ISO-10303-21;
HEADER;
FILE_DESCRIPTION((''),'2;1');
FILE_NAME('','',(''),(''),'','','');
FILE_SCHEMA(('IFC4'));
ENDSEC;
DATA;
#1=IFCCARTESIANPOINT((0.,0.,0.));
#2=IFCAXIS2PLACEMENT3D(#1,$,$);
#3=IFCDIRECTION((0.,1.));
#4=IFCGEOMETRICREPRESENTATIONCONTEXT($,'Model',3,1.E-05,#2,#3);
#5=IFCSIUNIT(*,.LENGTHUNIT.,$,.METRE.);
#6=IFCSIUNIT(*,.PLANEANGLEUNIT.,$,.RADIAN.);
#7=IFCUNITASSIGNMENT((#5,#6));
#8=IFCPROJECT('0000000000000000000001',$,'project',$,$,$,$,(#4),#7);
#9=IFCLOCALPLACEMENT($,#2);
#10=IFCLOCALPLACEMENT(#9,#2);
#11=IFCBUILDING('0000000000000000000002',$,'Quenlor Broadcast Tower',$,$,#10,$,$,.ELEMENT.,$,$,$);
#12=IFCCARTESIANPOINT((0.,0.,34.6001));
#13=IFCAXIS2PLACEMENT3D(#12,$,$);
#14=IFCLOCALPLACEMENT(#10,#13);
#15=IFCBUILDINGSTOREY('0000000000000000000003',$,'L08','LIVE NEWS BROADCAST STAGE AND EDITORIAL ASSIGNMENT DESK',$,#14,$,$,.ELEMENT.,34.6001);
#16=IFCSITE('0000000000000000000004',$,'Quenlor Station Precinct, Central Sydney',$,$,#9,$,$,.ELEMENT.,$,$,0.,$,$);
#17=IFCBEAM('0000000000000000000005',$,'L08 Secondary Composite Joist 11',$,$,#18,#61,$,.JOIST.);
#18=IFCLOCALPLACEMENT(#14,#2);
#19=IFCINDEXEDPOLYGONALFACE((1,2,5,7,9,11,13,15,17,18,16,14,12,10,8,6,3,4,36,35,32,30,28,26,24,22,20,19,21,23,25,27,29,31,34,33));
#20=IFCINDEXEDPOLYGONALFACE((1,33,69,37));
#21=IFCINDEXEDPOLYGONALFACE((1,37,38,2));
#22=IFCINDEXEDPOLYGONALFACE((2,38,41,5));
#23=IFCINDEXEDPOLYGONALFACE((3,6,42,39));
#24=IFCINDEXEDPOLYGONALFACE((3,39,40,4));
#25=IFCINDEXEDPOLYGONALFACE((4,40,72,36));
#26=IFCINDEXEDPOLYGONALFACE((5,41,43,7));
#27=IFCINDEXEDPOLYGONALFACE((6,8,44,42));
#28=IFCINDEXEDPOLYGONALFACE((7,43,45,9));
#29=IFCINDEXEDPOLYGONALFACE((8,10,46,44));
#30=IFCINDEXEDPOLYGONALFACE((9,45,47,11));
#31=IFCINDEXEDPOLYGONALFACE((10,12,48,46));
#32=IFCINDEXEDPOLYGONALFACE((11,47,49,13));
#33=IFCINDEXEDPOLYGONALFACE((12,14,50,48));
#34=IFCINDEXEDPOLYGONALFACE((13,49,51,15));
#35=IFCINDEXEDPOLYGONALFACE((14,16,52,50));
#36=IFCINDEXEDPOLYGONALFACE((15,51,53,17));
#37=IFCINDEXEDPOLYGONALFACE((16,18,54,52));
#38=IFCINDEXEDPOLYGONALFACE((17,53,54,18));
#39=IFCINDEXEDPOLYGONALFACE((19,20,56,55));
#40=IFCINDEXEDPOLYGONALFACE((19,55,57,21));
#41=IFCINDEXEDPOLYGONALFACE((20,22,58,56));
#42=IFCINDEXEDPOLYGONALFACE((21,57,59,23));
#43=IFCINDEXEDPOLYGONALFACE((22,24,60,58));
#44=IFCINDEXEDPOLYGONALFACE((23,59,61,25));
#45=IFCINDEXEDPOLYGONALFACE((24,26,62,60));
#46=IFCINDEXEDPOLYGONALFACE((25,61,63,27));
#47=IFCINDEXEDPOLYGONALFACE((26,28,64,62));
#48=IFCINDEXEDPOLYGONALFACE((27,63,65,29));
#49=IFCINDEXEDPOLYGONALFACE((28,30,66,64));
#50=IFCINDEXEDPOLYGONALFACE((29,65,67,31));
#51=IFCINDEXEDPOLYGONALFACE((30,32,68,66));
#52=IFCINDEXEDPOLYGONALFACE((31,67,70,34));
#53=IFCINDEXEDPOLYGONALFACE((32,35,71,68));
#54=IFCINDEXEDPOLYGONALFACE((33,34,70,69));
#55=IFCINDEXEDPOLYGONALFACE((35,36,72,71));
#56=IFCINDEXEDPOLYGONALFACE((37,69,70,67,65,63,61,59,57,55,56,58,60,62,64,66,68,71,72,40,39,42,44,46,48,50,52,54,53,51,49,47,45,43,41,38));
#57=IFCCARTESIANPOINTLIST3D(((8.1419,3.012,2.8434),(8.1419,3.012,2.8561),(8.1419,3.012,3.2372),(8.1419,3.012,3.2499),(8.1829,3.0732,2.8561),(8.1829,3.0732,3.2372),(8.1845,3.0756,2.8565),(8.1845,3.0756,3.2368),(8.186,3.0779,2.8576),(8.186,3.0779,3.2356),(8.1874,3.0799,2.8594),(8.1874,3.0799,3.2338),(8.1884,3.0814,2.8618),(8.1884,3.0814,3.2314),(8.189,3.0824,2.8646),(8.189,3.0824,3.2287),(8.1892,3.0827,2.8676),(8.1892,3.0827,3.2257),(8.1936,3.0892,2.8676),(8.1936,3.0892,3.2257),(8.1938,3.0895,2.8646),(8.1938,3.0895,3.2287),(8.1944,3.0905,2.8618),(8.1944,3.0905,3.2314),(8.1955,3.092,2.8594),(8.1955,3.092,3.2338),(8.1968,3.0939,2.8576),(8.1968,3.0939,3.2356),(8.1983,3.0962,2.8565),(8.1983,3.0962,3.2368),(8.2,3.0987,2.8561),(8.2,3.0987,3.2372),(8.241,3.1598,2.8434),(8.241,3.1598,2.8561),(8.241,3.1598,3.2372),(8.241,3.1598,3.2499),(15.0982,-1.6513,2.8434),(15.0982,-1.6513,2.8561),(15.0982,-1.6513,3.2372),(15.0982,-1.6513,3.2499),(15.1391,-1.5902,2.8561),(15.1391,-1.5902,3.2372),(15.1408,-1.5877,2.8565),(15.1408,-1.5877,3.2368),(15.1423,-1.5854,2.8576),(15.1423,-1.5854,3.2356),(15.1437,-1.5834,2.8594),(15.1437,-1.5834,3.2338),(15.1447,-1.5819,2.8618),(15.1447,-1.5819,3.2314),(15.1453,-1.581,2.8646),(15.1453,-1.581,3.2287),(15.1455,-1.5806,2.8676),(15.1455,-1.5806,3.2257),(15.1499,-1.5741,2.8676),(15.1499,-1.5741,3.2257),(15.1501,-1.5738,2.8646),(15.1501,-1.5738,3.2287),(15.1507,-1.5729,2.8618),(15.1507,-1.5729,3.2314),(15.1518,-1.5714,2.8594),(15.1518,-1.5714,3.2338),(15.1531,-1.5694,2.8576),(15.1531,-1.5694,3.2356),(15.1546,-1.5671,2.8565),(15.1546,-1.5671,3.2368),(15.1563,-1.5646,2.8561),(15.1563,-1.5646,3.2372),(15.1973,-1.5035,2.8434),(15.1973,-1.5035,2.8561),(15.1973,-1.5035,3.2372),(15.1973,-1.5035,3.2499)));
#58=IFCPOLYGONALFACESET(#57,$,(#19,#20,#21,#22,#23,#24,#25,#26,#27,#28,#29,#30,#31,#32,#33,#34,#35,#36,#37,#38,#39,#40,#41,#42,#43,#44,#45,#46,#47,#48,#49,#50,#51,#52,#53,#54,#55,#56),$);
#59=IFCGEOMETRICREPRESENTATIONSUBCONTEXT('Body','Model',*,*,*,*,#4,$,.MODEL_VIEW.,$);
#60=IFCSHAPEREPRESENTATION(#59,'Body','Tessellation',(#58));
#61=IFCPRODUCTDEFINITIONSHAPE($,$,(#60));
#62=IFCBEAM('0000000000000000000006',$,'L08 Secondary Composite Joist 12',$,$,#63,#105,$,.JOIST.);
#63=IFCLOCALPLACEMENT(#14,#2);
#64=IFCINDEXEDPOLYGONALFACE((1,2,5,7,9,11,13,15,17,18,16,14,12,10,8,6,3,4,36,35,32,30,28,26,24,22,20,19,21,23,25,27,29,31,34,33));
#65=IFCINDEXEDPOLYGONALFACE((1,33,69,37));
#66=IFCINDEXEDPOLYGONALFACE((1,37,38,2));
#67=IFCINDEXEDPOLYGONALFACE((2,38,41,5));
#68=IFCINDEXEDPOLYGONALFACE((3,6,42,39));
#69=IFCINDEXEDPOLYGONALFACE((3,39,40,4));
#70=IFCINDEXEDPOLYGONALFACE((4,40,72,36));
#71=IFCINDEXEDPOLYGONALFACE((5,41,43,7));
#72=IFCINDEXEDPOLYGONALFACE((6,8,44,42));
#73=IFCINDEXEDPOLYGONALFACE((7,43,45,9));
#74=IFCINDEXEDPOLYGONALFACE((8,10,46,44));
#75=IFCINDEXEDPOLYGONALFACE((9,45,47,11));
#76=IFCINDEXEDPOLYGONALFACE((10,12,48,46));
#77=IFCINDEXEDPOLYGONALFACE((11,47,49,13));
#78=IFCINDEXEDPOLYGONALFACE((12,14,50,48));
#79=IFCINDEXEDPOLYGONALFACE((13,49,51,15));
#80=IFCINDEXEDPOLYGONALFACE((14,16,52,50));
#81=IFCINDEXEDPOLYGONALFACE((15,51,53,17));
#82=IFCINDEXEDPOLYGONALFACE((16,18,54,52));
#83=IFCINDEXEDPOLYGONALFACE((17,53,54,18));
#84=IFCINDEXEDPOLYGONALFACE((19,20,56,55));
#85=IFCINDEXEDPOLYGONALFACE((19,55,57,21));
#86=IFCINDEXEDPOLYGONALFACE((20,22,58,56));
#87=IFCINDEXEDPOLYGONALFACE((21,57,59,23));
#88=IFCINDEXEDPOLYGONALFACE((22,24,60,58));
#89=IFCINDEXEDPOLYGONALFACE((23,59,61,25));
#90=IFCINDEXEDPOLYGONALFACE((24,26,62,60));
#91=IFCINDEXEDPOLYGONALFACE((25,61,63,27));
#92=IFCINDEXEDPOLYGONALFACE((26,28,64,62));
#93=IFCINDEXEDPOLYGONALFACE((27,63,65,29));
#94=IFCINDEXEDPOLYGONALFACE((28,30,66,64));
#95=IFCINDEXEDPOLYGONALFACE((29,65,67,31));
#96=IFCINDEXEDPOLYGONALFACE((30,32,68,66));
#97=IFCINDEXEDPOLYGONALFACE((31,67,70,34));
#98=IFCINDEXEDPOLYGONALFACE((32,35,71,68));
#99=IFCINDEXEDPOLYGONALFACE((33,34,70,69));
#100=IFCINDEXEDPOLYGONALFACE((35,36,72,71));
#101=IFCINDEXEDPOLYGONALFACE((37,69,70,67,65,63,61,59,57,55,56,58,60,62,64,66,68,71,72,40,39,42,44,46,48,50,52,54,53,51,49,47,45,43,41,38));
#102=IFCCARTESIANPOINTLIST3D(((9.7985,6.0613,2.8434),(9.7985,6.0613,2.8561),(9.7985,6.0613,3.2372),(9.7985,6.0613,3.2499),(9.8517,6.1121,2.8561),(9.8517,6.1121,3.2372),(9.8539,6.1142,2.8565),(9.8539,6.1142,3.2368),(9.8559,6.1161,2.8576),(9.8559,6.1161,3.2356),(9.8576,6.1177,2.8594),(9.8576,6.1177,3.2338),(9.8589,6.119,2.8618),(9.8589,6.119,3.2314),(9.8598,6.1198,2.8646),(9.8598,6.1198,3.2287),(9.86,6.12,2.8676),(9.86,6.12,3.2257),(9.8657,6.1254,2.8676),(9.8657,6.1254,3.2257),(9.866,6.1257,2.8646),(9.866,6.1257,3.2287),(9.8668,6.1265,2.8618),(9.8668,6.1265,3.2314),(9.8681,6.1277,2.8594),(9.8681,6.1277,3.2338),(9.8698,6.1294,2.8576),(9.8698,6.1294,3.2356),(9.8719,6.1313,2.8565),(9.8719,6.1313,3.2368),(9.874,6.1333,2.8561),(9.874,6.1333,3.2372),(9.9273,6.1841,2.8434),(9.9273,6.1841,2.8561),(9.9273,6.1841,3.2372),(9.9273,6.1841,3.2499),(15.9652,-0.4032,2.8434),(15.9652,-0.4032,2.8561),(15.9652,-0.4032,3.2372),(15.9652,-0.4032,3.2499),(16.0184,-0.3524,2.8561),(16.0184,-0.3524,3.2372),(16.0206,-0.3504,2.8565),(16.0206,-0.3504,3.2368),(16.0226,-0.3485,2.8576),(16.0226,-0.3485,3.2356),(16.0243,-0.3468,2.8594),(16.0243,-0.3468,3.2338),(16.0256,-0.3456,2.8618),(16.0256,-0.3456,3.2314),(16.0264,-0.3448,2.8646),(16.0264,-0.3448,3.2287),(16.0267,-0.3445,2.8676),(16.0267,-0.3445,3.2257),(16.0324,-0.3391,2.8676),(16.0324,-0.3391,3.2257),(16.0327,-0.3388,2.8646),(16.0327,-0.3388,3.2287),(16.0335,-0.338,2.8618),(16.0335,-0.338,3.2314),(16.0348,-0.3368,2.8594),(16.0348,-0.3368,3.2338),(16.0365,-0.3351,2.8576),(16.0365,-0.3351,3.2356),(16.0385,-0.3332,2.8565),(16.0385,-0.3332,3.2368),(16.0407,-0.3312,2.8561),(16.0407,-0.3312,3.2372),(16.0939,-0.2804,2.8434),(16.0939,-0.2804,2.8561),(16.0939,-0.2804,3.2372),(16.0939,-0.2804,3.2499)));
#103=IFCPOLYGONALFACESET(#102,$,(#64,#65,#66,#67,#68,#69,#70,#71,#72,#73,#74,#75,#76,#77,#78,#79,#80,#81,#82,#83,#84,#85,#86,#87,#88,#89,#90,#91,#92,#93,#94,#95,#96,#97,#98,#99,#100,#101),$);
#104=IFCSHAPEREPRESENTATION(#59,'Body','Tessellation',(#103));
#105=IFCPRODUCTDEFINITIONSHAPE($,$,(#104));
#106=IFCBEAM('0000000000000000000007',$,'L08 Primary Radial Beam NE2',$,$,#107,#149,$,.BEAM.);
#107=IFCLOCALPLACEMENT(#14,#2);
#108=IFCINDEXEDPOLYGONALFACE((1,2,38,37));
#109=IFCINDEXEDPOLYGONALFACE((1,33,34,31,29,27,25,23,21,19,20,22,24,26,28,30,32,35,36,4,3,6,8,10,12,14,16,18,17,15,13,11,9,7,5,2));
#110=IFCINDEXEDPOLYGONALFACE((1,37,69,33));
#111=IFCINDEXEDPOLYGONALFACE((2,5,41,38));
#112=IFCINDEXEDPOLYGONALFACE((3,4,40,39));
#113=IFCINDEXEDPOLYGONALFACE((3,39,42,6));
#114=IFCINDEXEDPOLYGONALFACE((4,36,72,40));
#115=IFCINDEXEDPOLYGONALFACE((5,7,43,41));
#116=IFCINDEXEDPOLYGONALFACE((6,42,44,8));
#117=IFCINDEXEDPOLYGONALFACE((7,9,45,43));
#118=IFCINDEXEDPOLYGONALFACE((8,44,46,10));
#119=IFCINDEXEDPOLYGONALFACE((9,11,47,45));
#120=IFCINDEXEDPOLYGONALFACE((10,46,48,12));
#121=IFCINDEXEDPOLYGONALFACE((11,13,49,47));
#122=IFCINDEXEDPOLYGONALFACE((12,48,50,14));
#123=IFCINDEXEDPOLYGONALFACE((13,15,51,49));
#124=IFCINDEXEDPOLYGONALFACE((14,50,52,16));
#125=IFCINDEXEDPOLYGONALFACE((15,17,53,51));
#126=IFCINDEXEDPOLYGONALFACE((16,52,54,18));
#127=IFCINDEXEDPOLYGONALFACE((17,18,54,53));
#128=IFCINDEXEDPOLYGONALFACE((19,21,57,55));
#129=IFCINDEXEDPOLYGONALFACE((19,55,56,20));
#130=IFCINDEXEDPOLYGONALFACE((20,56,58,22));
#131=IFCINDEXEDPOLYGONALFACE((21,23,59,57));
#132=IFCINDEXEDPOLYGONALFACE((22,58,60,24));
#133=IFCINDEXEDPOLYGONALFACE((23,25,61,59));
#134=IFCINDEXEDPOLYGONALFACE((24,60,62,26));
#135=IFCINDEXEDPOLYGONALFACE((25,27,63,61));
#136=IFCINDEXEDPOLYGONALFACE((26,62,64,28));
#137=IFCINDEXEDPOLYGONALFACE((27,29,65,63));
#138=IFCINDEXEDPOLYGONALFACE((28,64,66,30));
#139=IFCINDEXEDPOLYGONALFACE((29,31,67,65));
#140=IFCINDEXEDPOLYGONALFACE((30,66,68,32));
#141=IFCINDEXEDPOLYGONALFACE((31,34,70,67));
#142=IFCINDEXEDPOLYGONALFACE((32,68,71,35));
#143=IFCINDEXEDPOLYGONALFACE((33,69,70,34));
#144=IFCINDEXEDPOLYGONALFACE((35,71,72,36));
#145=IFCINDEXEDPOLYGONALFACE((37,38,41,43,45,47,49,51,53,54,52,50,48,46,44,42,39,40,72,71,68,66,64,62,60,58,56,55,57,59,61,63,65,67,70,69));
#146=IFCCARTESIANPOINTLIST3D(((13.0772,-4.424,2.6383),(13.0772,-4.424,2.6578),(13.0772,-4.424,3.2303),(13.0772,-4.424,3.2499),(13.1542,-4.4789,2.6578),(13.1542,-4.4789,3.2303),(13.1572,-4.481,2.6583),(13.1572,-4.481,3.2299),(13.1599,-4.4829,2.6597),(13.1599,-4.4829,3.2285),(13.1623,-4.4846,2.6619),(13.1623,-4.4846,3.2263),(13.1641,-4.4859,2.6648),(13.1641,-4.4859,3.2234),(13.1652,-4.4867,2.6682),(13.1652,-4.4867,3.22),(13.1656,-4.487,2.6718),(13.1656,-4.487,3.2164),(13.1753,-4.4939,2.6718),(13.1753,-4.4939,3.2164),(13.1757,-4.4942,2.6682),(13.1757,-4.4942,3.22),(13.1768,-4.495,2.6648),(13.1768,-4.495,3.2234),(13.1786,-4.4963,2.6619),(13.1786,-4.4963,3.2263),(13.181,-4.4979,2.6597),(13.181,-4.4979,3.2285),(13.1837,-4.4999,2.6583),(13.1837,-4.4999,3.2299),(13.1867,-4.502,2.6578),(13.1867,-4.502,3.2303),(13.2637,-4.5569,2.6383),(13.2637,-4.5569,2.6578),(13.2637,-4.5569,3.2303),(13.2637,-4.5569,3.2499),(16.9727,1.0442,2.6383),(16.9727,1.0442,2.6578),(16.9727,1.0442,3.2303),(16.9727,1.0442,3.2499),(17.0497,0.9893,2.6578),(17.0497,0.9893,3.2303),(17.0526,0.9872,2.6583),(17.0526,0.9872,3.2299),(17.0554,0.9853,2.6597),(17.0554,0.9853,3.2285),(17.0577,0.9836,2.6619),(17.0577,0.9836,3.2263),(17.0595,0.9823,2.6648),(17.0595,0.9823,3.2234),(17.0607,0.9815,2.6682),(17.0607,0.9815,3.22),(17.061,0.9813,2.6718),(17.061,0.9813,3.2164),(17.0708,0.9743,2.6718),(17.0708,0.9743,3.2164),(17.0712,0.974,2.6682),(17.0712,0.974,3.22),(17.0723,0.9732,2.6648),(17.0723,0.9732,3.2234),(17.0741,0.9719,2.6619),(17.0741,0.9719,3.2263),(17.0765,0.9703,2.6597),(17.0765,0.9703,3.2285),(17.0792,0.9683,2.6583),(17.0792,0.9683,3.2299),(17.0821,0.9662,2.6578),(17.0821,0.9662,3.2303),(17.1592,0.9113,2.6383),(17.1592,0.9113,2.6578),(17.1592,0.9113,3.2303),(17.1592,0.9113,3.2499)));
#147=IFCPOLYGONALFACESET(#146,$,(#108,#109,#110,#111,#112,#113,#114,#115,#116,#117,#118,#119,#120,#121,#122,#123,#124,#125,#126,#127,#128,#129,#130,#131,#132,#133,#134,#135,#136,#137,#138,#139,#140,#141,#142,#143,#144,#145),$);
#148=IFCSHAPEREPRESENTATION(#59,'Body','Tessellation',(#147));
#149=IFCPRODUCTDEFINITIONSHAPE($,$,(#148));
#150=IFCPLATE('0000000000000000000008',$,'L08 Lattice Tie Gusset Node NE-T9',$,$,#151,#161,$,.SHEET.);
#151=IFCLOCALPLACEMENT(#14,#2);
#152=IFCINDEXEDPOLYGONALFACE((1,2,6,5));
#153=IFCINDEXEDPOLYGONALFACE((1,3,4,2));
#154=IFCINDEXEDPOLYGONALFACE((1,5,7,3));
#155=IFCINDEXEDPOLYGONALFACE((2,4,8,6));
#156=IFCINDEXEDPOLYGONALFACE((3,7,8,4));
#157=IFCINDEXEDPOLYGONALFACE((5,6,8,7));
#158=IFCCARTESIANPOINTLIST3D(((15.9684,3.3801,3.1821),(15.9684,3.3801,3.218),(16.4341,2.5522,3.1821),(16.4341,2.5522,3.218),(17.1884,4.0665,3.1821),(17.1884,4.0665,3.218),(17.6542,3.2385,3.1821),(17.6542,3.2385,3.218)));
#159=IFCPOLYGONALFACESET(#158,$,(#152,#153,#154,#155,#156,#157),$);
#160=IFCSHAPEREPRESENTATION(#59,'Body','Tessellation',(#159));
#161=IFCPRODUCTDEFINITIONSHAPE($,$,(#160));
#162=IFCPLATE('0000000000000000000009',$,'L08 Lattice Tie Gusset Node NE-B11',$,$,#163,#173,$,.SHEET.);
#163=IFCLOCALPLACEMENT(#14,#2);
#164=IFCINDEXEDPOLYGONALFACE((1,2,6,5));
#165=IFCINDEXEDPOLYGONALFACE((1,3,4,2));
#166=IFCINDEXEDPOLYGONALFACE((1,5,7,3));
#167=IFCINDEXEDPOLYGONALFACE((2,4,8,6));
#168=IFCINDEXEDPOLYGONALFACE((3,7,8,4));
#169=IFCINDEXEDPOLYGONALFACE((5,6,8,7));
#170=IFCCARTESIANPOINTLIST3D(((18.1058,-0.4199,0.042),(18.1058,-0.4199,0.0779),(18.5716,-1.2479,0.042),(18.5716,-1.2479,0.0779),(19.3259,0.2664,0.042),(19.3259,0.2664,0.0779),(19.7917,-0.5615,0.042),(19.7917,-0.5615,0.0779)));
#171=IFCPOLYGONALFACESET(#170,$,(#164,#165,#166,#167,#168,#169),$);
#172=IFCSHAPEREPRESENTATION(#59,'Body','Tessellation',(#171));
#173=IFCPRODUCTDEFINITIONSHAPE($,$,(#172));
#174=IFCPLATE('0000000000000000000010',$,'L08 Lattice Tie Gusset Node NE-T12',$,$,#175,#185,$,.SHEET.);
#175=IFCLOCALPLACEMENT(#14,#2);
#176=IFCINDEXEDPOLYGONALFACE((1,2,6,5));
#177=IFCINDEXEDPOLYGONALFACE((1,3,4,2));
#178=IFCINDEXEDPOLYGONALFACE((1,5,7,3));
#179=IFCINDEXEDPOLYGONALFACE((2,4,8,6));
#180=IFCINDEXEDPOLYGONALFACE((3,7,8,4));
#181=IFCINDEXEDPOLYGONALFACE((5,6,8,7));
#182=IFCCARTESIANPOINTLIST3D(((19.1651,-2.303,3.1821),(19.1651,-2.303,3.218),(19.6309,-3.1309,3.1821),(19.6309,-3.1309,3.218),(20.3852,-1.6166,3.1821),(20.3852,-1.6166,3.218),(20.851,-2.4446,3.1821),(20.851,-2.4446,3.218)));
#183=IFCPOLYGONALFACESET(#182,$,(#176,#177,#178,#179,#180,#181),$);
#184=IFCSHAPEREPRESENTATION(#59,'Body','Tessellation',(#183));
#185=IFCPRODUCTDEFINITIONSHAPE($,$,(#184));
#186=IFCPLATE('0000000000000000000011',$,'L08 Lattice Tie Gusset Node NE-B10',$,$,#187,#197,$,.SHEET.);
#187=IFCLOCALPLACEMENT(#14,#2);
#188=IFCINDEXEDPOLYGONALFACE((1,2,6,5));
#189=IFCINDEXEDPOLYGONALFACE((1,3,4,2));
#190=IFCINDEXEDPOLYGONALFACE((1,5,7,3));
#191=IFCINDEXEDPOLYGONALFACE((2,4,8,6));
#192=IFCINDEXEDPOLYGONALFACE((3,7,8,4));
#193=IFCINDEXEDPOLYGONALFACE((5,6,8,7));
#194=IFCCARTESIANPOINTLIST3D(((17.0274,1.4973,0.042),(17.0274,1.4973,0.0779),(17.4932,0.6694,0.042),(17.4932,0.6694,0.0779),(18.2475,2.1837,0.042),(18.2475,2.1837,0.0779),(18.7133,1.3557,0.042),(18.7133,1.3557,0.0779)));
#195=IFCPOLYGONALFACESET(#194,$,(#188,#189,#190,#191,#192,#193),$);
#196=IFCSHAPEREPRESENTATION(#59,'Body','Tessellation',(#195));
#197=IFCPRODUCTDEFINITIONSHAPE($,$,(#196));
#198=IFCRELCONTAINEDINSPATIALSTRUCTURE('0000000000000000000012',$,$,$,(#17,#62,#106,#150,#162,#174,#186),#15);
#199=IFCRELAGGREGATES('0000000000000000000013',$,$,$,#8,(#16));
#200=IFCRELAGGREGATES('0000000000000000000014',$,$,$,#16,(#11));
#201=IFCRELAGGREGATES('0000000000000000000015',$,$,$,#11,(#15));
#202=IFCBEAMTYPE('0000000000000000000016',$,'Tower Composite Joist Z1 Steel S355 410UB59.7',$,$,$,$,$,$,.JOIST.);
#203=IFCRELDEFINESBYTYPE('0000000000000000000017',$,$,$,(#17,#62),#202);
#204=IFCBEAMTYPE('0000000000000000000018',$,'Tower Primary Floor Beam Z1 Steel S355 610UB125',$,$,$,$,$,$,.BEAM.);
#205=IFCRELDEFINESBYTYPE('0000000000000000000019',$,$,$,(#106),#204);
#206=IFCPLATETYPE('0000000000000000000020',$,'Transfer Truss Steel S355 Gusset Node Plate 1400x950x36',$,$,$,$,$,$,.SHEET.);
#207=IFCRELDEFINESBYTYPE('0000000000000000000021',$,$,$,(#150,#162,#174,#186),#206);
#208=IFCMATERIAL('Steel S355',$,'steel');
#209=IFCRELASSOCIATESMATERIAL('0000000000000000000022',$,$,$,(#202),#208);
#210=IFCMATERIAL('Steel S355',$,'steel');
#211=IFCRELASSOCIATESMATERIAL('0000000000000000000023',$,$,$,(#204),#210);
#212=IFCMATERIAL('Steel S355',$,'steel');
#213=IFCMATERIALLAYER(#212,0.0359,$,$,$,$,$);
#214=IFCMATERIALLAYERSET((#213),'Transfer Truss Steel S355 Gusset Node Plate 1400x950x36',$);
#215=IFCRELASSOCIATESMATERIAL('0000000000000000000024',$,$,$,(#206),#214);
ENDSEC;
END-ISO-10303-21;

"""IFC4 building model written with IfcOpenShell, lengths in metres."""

from ifc_helpers import new_model, si_unit, direction, frame, origin, origin_2d, place, context, subcontext, project, spatial, rectangle, i_section, extrude, material, layer, layer_set, material_profile, profile_set, type_object, element, save


model = new_model("IFC4")

# Units and contexts
model_context = context("Model", 3, precision=1e-05, world=origin(), true_north=direction((0.0, 1.0)))
body_context = subcontext(model_context, "Body", "Model", "MODEL_VIEW")
ifc_project = project(units=[si_unit("LENGTHUNIT", "METRE"), si_unit("PLANEANGLEUNIT", "RADIAN")], contexts=[model_context])

# Site, building, storey
site_placement = place(None, origin())
site = spatial("IfcSite", under=ifc_project, at=site_placement, Name="Quenlor Station Precinct, Central Sydney", CompositionType="ELEMENT", RefElevation=0.0)
building_placement = place(site_placement, origin())
building = spatial("IfcBuilding", under=site, at=building_placement, Name="Quenlor Broadcast Tower", CompositionType="ELEMENT")
storey_placement = place(building_placement, frame((0.0, 0.0, 34.6001)))
storey = spatial("IfcBuildingStorey", under=building, at=storey_placement, Name="L08", Description="LIVE NEWS BROADCAST STAGE AND EDITORIAL ASSIGNMENT DESK", CompositionType="ELEMENT", Elevation=34.6001)

# Beams
ifc_material_1 = material(Name="Steel S355", Category="steel")
ifc_material_profile_1 = material_profile(ifc_material_1, i_section(OverallWidth=0.178, OverallDepth=0.4065, WebThickness=0.0078, FlangeThickness=0.0127, FilletRadius=0.0115, at=origin_2d()))
ifc_profile_set_1 = profile_set([ifc_material_profile_1], Name="Steel S355 410UB59.7")
beam_type_1 = type_object("IfcBeamType", Name="Tower Composite Joist Z1 Steel S355 410UB59.7", PredefinedType="JOIST", material=ifc_profile_set_1)
beam_1_placement = place(storey_placement, frame((15.1477, -1.5774, 3.0466), z_axis=(-0.830626, 0.556831, 0.0), x_axis=(-0.556831, -0.830626, 0.0)))
element("IfcBeam", 1, at=beam_1_placement, inside=storey, type_object=beam_type_1, Name="L08 Secondary Composite Joist 11", PredefinedType="JOIST", context=body_context, shape_type="SweptSolid", body=[
    extrude(i_section(OverallWidth=0.178, OverallDepth=0.4065, WebThickness=0.0078, FlangeThickness=0.0127, FilletRadius=0.0115, at=origin_2d()), origin(), (0.0, 0.0, 1.0), 8.3748),
])
beam_2_placement = place(storey_placement, frame((16.0295, -0.3418, 3.0466), z_axis=(-0.690241, 0.723579, 0.0), x_axis=(-0.723579, -0.690241, 0.0)))
element("IfcBeam", 2, at=beam_2_placement, inside=storey, type_object=beam_type_1, Name="L08 Secondary Composite Joist 12", PredefinedType="JOIST", context=body_context, shape_type="SweptSolid", body=[
    extrude(i_section(OverallWidth=0.178, OverallDepth=0.4065, WebThickness=0.0078, FlangeThickness=0.0127, FilletRadius=0.0115, at=origin_2d()), origin(), (0.0, 0.0, 1.0), 8.9341),
])
ifc_material_2 = material(Name="Steel S355", Category="steel")
ifc_material_profile_2 = material_profile(ifc_material_2, i_section(OverallWidth=0.229, OverallDepth=0.6116, WebThickness=0.012, FlangeThickness=0.0195, FilletRadius=0.0139, at=origin_2d()))
ifc_profile_set_2 = profile_set([ifc_material_profile_2], Name="Steel S355 610UB125")
beam_type_2 = type_object("IfcBeamType", Name="Tower Primary Floor Beam Z1 Steel S355 610UB125", PredefinedType="BEAM", material=ifc_profile_set_2)
beam_3_placement = place(storey_placement, frame((17.0659, 0.9778, 2.9441), z_axis=(-0.580213, -0.814465, 0.0), x_axis=(0.814465, -0.580213, 0.0)))
element("IfcBeam", 3, at=beam_3_placement, inside=storey, type_object=beam_type_2, Name="L08 Primary Radial Beam NE2", PredefinedType="BEAM", context=body_context, shape_type="SweptSolid", body=[
    extrude(i_section(OverallWidth=0.229, OverallDepth=0.6116, WebThickness=0.012, FlangeThickness=0.0195, FilletRadius=0.0139, at=origin_2d()), origin(), (0.0, 0.0, 1.0), 6.7139),
])

# Plates
ifc_material_3 = material(Name="Steel S355", Category="steel")
ifc_layer_1 = layer(ifc_material_3, 0.0359)
ifc_layer_set_1 = layer_set([ifc_layer_1], Name="Transfer Truss Steel S355 Gusset Node Plate 1400x950x36")
plate_type = type_object("IfcPlateType", Name="Transfer Truss Steel S355 Gusset Node Plate 1400x950x36", PredefinedType="SHEET", material=ifc_layer_set_1)
for number, where, z_axis, x_axis, name in (
    (4, (16.8113, 3.3093, 3.1821), (0.0, 0.0, 1.0), (0.871556, 0.490295, 0.0), "L08 Lattice Tie Gusset Node NE-T9"),
    (5, (18.9487, -0.4907, 0.042), (0.0, 0.0, 1.0), (0.871556, 0.490295, 0.0), "L08 Lattice Tie Gusset Node NE-B11"),
    (6, (20.0081, -2.3738, 3.1821), (0.0, 0.0, 1.0), (0.871556, 0.490295, 0.0), "L08 Lattice Tie Gusset Node NE-T12"),
    (7, (17.8704, 1.4265, 0.042), (0.0, 0.0, 1.0), (0.871556, 0.490295, 0.0), "L08 Lattice Tie Gusset Node NE-B10"),
):
    element("IfcPlate", number, at=place(storey_placement, frame(where, z_axis=z_axis, x_axis=x_axis)), inside=storey, type_object=plate_type, Name=name, PredefinedType="SHEET", context=body_context, shape_type="SweptSolid", body=[
        extrude(rectangle(XDim=1.3999, YDim=0.95, at=origin_2d()), origin(), (0.0, 0.0, 1.0), 0.0359),
    ])

save(model, "model.ifc")
